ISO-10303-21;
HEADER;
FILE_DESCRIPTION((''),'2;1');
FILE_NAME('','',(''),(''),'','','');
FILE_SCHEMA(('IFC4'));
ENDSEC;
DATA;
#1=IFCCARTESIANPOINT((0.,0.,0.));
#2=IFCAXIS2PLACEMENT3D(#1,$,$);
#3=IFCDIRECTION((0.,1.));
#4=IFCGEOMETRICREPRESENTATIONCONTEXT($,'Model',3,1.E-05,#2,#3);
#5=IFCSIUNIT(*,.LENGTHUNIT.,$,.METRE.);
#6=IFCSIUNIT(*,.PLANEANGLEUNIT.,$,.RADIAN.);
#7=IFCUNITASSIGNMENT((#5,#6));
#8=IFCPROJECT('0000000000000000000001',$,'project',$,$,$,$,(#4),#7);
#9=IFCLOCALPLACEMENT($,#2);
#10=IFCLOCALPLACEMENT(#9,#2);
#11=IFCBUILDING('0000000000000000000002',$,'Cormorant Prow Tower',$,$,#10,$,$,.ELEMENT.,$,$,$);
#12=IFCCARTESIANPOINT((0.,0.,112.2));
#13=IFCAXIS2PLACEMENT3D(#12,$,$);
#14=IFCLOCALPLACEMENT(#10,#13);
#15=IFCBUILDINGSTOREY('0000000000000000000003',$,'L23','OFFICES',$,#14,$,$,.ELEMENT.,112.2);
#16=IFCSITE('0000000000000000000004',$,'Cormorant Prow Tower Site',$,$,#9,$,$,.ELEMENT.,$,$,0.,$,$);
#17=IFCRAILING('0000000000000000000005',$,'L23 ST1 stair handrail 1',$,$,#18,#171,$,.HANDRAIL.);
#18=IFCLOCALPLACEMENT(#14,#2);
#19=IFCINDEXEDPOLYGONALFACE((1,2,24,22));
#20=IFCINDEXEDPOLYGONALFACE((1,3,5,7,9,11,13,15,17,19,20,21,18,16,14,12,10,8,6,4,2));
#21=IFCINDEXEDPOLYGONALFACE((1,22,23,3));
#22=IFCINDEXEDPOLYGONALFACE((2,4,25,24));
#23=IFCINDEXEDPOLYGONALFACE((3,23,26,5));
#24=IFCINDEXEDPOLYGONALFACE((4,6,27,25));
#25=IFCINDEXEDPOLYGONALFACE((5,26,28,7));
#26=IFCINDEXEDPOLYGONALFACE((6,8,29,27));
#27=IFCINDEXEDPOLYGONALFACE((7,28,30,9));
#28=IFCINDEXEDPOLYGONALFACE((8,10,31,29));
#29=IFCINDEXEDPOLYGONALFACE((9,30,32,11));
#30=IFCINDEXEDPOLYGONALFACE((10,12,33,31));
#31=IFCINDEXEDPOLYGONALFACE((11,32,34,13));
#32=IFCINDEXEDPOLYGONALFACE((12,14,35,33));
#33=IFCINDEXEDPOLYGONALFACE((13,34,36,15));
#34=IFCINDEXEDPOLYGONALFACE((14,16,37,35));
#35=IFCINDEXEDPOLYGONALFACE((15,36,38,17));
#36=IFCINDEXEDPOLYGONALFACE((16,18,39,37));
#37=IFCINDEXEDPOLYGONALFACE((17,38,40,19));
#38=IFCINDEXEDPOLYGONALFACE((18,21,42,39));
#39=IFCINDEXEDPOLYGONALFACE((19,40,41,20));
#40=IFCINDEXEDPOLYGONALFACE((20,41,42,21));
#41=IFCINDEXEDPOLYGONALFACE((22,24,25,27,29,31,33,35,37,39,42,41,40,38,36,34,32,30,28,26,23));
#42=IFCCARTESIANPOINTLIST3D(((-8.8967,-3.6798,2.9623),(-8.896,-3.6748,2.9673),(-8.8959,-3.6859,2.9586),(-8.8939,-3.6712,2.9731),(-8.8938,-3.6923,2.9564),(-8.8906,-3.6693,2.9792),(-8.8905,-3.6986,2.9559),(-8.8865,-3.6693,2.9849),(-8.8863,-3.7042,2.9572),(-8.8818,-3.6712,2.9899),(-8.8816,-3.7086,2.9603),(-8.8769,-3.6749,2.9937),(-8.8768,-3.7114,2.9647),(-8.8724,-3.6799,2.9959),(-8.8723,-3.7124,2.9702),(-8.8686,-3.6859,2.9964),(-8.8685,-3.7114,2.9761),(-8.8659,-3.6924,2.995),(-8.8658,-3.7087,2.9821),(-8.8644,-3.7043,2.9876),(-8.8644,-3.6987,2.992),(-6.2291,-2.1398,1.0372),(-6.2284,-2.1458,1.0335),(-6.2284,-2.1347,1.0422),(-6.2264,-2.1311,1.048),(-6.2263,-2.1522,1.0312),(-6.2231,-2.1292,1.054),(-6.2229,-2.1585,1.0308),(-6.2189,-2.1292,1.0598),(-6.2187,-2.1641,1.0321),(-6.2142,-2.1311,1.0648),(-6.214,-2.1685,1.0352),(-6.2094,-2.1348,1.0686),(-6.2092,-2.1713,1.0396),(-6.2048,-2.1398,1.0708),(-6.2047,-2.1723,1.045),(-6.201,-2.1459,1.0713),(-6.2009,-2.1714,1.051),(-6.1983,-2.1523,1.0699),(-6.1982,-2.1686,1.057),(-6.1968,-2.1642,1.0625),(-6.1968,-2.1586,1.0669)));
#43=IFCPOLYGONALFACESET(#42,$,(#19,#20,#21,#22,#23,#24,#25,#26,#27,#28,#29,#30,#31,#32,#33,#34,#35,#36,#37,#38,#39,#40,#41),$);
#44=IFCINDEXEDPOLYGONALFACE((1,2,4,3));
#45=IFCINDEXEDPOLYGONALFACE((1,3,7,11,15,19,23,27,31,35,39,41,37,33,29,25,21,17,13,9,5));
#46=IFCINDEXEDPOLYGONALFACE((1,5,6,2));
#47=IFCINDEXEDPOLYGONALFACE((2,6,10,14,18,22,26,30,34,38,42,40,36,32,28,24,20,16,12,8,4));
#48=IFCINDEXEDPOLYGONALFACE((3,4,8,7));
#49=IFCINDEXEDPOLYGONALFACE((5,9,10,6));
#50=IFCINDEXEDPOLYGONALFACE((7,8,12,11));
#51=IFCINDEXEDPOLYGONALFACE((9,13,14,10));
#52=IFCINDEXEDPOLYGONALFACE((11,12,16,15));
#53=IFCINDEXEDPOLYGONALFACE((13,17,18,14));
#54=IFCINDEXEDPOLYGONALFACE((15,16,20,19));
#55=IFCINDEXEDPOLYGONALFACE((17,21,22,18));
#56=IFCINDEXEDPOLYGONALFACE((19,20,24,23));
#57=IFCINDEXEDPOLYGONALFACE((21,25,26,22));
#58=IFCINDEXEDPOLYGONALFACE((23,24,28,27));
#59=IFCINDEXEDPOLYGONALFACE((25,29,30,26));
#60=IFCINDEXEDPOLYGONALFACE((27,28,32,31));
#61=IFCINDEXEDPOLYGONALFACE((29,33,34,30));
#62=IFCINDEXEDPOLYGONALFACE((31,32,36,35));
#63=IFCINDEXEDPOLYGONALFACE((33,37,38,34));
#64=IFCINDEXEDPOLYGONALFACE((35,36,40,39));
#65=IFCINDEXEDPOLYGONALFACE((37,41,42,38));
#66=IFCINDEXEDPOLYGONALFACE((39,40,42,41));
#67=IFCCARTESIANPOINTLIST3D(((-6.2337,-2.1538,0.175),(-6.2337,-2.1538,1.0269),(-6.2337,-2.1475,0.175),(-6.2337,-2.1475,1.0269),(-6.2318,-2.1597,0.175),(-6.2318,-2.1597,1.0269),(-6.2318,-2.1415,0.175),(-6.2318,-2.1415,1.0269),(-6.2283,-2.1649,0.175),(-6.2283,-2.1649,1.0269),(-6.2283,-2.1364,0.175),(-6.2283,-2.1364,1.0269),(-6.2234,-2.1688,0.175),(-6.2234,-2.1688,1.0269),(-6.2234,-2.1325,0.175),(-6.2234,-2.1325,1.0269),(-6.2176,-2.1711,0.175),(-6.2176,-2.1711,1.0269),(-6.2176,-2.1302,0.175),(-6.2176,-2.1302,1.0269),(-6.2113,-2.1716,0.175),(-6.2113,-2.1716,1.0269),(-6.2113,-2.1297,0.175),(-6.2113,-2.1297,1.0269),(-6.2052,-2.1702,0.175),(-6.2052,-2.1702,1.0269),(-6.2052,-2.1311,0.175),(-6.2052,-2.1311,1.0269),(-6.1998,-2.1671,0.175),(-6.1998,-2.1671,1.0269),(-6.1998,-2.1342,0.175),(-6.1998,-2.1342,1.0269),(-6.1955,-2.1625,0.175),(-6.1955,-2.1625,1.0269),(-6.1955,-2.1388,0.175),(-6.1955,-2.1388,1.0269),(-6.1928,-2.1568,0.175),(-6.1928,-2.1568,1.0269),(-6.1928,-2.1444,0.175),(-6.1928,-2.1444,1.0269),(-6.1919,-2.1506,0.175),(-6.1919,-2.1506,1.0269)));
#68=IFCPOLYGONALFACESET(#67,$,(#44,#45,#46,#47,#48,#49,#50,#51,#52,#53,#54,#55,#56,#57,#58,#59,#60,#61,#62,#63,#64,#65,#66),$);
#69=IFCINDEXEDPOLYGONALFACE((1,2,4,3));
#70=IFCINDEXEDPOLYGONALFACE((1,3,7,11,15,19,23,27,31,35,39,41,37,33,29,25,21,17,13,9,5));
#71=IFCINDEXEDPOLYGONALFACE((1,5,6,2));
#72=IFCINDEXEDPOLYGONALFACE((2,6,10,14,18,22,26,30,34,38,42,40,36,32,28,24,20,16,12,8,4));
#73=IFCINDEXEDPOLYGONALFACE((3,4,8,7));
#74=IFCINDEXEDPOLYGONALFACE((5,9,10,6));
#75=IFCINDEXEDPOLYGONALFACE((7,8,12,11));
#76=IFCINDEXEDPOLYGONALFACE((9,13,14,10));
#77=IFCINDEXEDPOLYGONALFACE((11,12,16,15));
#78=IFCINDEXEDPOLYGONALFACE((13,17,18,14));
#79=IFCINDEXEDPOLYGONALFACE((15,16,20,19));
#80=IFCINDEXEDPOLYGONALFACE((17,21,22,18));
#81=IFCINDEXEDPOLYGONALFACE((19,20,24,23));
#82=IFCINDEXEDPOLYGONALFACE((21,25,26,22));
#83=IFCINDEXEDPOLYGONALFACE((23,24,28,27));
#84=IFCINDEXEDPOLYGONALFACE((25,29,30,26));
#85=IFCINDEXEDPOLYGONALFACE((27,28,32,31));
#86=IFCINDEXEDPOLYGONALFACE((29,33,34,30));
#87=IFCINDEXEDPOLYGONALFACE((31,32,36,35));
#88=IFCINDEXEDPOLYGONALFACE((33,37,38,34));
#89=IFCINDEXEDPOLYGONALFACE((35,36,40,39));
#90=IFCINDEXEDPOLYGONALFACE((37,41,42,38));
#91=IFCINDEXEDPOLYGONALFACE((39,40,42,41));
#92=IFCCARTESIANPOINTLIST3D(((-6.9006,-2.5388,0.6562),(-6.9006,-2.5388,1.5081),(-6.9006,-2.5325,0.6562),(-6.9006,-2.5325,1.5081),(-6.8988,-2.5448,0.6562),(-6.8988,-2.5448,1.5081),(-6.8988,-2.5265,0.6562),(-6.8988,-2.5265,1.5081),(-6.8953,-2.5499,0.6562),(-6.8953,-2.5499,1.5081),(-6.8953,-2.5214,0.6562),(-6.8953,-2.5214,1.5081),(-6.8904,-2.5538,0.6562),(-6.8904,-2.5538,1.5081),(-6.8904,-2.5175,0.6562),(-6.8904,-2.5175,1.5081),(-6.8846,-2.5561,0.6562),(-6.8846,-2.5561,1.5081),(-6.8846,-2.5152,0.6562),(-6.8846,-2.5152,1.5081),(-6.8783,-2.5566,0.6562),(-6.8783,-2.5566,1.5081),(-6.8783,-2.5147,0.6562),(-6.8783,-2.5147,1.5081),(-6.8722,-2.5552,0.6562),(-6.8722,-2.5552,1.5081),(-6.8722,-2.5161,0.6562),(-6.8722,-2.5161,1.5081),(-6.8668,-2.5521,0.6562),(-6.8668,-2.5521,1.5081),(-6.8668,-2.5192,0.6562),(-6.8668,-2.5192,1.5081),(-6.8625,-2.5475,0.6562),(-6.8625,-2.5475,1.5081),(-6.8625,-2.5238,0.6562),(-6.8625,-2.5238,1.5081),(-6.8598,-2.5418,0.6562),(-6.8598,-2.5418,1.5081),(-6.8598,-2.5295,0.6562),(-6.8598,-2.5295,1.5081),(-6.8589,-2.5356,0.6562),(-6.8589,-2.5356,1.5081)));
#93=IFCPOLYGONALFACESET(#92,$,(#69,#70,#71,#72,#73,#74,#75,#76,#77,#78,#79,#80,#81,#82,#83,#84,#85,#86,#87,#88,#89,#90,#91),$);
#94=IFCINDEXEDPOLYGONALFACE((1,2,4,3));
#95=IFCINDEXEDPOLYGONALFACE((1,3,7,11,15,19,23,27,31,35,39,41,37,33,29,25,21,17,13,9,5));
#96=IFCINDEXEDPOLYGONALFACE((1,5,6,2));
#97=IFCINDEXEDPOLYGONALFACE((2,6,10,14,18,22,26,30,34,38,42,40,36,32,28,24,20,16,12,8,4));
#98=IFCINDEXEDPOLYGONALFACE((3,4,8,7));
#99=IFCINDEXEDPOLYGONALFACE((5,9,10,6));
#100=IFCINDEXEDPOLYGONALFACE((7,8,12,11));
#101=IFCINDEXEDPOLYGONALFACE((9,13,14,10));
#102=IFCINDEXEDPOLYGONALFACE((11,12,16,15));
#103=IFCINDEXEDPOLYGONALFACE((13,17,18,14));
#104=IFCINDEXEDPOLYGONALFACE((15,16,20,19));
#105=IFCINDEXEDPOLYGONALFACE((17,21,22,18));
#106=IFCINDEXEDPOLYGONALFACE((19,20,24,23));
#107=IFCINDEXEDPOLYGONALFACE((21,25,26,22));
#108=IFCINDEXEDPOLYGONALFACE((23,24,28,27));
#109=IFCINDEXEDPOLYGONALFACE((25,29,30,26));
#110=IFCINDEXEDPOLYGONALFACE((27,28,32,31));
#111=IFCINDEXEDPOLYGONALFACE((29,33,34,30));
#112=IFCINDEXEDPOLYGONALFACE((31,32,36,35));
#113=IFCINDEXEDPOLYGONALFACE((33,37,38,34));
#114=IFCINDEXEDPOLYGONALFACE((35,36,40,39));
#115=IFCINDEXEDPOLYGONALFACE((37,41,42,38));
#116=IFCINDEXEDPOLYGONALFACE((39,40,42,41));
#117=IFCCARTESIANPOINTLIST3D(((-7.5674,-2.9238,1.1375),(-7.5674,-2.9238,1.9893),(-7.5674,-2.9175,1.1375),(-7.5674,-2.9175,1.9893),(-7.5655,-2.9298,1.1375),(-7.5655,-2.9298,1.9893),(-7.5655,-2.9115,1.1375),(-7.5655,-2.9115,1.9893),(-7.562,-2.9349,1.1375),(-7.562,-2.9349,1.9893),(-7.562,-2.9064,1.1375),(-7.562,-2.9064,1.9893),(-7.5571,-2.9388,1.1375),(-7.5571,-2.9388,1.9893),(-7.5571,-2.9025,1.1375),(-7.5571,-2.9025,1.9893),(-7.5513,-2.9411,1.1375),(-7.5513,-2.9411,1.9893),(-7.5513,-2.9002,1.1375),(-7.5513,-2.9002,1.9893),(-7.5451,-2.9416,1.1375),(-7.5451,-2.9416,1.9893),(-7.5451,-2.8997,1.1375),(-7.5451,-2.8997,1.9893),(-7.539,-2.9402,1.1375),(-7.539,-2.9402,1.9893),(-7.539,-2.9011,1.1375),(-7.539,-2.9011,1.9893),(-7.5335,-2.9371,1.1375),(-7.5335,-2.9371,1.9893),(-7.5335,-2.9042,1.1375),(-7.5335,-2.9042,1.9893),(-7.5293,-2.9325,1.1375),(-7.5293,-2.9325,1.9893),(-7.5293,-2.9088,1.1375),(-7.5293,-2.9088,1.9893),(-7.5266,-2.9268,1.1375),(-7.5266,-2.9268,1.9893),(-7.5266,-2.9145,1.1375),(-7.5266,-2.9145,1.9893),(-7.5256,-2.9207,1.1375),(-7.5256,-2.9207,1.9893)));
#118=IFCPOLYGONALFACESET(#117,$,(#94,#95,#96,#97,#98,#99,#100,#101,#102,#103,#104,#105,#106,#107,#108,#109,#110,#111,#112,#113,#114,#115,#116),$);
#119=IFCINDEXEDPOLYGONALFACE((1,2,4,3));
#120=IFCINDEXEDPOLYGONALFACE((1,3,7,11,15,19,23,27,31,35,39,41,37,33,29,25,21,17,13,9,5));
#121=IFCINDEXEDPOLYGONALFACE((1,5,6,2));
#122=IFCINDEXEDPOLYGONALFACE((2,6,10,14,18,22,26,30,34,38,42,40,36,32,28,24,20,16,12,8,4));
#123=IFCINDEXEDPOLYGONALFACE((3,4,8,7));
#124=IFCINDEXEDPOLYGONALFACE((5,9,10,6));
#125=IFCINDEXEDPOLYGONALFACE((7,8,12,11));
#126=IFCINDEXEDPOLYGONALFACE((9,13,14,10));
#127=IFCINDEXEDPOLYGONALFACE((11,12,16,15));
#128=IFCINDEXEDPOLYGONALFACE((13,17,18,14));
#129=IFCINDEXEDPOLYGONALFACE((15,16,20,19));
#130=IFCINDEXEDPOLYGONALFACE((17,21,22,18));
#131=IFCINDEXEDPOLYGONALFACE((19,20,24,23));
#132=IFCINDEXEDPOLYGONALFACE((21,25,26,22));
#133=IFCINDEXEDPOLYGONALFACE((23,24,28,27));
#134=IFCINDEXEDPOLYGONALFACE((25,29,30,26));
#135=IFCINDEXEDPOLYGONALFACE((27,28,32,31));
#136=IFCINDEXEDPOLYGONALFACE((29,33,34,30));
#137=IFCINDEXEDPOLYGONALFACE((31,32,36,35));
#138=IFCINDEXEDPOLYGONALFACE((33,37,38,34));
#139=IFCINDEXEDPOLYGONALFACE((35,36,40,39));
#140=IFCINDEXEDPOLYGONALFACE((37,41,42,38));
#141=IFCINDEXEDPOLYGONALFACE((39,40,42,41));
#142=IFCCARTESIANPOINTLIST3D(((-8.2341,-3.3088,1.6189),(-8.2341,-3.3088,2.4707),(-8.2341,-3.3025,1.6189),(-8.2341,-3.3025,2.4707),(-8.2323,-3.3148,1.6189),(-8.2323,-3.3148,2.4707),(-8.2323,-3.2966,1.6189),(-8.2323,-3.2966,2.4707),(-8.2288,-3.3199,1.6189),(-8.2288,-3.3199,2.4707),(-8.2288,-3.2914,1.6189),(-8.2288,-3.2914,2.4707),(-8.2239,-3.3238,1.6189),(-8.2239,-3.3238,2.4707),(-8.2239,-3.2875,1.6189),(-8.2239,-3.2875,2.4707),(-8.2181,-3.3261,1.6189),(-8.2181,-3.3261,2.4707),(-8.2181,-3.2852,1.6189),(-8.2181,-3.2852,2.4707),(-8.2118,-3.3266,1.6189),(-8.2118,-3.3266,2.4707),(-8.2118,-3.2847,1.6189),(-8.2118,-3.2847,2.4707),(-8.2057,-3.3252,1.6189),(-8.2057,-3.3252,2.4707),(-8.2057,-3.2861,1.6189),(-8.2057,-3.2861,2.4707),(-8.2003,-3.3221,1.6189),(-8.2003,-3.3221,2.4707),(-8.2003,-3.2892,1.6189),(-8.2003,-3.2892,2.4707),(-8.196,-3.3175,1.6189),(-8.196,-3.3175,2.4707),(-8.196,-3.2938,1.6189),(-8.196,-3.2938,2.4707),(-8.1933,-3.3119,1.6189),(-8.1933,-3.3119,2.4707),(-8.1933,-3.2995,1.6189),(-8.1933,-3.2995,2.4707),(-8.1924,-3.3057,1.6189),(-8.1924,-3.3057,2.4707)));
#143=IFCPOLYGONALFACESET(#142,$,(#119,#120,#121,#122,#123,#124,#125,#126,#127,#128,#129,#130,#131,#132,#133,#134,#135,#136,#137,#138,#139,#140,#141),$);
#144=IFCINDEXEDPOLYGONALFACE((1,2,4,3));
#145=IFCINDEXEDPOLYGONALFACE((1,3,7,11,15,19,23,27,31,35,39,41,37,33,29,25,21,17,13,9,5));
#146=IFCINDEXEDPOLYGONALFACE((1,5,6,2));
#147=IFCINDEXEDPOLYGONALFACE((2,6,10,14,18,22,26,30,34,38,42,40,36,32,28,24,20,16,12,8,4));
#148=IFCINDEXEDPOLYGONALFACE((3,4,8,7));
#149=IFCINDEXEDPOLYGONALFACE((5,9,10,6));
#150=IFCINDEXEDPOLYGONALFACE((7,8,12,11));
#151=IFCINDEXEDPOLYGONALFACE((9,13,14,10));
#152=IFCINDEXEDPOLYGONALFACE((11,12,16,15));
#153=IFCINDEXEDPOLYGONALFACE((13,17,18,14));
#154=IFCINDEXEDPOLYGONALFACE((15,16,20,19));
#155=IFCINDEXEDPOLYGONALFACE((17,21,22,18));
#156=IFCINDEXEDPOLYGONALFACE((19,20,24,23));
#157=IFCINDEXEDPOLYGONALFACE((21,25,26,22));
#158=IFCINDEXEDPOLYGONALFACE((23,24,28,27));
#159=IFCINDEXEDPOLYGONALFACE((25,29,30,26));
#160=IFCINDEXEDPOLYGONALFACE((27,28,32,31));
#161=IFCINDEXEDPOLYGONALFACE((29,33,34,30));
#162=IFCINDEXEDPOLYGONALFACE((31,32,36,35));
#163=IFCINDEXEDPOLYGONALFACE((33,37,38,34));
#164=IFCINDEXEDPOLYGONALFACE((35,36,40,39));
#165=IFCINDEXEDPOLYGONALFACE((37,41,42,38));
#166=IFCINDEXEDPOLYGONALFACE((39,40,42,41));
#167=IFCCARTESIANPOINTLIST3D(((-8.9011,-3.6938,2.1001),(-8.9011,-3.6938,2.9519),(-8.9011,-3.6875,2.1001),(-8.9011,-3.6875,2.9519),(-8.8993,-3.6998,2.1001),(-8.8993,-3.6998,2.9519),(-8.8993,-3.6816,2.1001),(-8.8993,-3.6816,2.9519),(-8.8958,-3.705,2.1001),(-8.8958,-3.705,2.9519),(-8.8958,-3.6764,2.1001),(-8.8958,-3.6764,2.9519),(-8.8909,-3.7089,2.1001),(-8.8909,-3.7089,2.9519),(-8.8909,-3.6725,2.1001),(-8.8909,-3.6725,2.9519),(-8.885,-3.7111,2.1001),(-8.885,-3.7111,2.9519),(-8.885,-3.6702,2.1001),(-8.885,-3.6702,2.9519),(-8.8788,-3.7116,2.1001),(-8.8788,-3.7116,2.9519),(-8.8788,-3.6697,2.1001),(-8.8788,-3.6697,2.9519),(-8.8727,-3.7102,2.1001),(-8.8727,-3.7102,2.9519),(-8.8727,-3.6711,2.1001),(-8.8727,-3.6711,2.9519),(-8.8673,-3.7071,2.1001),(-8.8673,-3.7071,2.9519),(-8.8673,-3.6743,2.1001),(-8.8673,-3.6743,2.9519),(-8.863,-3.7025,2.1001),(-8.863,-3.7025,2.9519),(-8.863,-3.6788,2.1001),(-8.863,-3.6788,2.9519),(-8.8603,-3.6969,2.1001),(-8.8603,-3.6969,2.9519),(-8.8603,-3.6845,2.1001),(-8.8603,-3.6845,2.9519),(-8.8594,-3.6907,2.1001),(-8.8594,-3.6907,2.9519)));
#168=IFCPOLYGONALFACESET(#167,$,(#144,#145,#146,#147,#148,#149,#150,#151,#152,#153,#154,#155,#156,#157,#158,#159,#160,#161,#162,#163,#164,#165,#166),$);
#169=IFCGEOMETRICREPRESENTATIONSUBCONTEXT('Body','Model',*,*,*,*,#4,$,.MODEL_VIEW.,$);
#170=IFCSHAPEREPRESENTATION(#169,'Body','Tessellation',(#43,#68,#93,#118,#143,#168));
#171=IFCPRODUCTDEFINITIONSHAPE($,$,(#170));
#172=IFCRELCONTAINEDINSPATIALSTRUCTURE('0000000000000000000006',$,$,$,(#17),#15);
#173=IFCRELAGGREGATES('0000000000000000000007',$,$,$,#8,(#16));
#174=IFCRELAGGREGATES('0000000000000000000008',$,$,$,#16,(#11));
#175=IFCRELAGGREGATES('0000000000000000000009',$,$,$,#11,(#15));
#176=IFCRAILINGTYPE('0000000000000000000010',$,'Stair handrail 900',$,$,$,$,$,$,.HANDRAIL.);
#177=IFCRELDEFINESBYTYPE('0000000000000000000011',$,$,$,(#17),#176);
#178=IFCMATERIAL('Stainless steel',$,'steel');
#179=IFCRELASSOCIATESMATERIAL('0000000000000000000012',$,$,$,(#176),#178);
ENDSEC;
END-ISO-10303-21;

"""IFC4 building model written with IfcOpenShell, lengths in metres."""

from ifc_helpers import new_model, si_unit, direction, frame, origin, origin_2d, place, context, subcontext, project, spatial, circle, extrude, material, type_object, element, save


model = new_model("IFC4")

# Units and contexts
model_context = context("Model", 3, precision=1e-05, world=origin(), true_north=direction((0.0, 1.0)))
body_context = subcontext(model_context, "Body", "Model", "MODEL_VIEW")
ifc_project = project(units=[si_unit("LENGTHUNIT", "METRE"), si_unit("PLANEANGLEUNIT", "RADIAN")], contexts=[model_context])

# Site, building, storey
site_placement = place(None, origin())
site = spatial("IfcSite", under=ifc_project, at=site_placement, Name="Cormorant Prow Tower Site", CompositionType="ELEMENT", RefElevation=0.0)
building_placement = place(site_placement, origin())
building = spatial("IfcBuilding", under=site, at=building_placement, Name="Cormorant Prow Tower", CompositionType="ELEMENT")
storey_placement = place(building_placement, frame((0.0, 0.0, 112.2)))
storey = spatial("IfcBuildingStorey", under=building, at=storey_placement, Name="L23", Description="OFFICES", CompositionType="ELEMENT", Elevation=112.2)

# Railing
ifc_material_1 = material(Name="Stainless steel", Category="steel")
railing_type = type_object("IfcRailingType", Name="Stair handrail 900", PredefinedType="HANDRAIL", material=ifc_material_1)
railing_1_placement = place(storey_placement, frame((-6.2129, -2.1506, 0.175)))
element("IfcRailing", 1, at=railing_1_placement, inside=storey, type_object=railing_type, Name="L23 ST1 stair handrail 1", PredefinedType="HANDRAIL", context=body_context, shape_type="SweptSolid", body=[
    extrude(circle(Radius=0.0239, at=origin_2d()), frame((0.0, 0.0, 0.876), z_axis=(-0.734395, -0.423994, 0.529993), x_axis=(0.499992, -0.86603, 0.0)), (0.0, 0.0, 1.0), 3.6323),
    extrude(circle(Radius=0.021, at=origin_2d()), origin(), (0.0, 0.0, 1.0), 0.8518),
    extrude(circle(Radius=0.021, at=origin_2d()), frame((-0.667, -0.385, 0.4812)), (0.0, 0.0, 1.0), 0.8518),
    extrude(circle(Radius=0.021, at=origin_2d()), frame((-1.3337, -0.77, 0.9624)), (0.0, 0.0, 1.0), 0.8518),
    extrude(circle(Radius=0.021, at=origin_2d()), frame((-2.0005, -1.155, 1.4438)), (0.0, 0.0, 1.0), 0.8518),
    extrude(circle(Radius=0.021, at=origin_2d()), frame((-2.6675, -1.54, 1.925)), (0.0, 0.0, 1.0), 0.8518),
])

save(model, "model.ifc")
